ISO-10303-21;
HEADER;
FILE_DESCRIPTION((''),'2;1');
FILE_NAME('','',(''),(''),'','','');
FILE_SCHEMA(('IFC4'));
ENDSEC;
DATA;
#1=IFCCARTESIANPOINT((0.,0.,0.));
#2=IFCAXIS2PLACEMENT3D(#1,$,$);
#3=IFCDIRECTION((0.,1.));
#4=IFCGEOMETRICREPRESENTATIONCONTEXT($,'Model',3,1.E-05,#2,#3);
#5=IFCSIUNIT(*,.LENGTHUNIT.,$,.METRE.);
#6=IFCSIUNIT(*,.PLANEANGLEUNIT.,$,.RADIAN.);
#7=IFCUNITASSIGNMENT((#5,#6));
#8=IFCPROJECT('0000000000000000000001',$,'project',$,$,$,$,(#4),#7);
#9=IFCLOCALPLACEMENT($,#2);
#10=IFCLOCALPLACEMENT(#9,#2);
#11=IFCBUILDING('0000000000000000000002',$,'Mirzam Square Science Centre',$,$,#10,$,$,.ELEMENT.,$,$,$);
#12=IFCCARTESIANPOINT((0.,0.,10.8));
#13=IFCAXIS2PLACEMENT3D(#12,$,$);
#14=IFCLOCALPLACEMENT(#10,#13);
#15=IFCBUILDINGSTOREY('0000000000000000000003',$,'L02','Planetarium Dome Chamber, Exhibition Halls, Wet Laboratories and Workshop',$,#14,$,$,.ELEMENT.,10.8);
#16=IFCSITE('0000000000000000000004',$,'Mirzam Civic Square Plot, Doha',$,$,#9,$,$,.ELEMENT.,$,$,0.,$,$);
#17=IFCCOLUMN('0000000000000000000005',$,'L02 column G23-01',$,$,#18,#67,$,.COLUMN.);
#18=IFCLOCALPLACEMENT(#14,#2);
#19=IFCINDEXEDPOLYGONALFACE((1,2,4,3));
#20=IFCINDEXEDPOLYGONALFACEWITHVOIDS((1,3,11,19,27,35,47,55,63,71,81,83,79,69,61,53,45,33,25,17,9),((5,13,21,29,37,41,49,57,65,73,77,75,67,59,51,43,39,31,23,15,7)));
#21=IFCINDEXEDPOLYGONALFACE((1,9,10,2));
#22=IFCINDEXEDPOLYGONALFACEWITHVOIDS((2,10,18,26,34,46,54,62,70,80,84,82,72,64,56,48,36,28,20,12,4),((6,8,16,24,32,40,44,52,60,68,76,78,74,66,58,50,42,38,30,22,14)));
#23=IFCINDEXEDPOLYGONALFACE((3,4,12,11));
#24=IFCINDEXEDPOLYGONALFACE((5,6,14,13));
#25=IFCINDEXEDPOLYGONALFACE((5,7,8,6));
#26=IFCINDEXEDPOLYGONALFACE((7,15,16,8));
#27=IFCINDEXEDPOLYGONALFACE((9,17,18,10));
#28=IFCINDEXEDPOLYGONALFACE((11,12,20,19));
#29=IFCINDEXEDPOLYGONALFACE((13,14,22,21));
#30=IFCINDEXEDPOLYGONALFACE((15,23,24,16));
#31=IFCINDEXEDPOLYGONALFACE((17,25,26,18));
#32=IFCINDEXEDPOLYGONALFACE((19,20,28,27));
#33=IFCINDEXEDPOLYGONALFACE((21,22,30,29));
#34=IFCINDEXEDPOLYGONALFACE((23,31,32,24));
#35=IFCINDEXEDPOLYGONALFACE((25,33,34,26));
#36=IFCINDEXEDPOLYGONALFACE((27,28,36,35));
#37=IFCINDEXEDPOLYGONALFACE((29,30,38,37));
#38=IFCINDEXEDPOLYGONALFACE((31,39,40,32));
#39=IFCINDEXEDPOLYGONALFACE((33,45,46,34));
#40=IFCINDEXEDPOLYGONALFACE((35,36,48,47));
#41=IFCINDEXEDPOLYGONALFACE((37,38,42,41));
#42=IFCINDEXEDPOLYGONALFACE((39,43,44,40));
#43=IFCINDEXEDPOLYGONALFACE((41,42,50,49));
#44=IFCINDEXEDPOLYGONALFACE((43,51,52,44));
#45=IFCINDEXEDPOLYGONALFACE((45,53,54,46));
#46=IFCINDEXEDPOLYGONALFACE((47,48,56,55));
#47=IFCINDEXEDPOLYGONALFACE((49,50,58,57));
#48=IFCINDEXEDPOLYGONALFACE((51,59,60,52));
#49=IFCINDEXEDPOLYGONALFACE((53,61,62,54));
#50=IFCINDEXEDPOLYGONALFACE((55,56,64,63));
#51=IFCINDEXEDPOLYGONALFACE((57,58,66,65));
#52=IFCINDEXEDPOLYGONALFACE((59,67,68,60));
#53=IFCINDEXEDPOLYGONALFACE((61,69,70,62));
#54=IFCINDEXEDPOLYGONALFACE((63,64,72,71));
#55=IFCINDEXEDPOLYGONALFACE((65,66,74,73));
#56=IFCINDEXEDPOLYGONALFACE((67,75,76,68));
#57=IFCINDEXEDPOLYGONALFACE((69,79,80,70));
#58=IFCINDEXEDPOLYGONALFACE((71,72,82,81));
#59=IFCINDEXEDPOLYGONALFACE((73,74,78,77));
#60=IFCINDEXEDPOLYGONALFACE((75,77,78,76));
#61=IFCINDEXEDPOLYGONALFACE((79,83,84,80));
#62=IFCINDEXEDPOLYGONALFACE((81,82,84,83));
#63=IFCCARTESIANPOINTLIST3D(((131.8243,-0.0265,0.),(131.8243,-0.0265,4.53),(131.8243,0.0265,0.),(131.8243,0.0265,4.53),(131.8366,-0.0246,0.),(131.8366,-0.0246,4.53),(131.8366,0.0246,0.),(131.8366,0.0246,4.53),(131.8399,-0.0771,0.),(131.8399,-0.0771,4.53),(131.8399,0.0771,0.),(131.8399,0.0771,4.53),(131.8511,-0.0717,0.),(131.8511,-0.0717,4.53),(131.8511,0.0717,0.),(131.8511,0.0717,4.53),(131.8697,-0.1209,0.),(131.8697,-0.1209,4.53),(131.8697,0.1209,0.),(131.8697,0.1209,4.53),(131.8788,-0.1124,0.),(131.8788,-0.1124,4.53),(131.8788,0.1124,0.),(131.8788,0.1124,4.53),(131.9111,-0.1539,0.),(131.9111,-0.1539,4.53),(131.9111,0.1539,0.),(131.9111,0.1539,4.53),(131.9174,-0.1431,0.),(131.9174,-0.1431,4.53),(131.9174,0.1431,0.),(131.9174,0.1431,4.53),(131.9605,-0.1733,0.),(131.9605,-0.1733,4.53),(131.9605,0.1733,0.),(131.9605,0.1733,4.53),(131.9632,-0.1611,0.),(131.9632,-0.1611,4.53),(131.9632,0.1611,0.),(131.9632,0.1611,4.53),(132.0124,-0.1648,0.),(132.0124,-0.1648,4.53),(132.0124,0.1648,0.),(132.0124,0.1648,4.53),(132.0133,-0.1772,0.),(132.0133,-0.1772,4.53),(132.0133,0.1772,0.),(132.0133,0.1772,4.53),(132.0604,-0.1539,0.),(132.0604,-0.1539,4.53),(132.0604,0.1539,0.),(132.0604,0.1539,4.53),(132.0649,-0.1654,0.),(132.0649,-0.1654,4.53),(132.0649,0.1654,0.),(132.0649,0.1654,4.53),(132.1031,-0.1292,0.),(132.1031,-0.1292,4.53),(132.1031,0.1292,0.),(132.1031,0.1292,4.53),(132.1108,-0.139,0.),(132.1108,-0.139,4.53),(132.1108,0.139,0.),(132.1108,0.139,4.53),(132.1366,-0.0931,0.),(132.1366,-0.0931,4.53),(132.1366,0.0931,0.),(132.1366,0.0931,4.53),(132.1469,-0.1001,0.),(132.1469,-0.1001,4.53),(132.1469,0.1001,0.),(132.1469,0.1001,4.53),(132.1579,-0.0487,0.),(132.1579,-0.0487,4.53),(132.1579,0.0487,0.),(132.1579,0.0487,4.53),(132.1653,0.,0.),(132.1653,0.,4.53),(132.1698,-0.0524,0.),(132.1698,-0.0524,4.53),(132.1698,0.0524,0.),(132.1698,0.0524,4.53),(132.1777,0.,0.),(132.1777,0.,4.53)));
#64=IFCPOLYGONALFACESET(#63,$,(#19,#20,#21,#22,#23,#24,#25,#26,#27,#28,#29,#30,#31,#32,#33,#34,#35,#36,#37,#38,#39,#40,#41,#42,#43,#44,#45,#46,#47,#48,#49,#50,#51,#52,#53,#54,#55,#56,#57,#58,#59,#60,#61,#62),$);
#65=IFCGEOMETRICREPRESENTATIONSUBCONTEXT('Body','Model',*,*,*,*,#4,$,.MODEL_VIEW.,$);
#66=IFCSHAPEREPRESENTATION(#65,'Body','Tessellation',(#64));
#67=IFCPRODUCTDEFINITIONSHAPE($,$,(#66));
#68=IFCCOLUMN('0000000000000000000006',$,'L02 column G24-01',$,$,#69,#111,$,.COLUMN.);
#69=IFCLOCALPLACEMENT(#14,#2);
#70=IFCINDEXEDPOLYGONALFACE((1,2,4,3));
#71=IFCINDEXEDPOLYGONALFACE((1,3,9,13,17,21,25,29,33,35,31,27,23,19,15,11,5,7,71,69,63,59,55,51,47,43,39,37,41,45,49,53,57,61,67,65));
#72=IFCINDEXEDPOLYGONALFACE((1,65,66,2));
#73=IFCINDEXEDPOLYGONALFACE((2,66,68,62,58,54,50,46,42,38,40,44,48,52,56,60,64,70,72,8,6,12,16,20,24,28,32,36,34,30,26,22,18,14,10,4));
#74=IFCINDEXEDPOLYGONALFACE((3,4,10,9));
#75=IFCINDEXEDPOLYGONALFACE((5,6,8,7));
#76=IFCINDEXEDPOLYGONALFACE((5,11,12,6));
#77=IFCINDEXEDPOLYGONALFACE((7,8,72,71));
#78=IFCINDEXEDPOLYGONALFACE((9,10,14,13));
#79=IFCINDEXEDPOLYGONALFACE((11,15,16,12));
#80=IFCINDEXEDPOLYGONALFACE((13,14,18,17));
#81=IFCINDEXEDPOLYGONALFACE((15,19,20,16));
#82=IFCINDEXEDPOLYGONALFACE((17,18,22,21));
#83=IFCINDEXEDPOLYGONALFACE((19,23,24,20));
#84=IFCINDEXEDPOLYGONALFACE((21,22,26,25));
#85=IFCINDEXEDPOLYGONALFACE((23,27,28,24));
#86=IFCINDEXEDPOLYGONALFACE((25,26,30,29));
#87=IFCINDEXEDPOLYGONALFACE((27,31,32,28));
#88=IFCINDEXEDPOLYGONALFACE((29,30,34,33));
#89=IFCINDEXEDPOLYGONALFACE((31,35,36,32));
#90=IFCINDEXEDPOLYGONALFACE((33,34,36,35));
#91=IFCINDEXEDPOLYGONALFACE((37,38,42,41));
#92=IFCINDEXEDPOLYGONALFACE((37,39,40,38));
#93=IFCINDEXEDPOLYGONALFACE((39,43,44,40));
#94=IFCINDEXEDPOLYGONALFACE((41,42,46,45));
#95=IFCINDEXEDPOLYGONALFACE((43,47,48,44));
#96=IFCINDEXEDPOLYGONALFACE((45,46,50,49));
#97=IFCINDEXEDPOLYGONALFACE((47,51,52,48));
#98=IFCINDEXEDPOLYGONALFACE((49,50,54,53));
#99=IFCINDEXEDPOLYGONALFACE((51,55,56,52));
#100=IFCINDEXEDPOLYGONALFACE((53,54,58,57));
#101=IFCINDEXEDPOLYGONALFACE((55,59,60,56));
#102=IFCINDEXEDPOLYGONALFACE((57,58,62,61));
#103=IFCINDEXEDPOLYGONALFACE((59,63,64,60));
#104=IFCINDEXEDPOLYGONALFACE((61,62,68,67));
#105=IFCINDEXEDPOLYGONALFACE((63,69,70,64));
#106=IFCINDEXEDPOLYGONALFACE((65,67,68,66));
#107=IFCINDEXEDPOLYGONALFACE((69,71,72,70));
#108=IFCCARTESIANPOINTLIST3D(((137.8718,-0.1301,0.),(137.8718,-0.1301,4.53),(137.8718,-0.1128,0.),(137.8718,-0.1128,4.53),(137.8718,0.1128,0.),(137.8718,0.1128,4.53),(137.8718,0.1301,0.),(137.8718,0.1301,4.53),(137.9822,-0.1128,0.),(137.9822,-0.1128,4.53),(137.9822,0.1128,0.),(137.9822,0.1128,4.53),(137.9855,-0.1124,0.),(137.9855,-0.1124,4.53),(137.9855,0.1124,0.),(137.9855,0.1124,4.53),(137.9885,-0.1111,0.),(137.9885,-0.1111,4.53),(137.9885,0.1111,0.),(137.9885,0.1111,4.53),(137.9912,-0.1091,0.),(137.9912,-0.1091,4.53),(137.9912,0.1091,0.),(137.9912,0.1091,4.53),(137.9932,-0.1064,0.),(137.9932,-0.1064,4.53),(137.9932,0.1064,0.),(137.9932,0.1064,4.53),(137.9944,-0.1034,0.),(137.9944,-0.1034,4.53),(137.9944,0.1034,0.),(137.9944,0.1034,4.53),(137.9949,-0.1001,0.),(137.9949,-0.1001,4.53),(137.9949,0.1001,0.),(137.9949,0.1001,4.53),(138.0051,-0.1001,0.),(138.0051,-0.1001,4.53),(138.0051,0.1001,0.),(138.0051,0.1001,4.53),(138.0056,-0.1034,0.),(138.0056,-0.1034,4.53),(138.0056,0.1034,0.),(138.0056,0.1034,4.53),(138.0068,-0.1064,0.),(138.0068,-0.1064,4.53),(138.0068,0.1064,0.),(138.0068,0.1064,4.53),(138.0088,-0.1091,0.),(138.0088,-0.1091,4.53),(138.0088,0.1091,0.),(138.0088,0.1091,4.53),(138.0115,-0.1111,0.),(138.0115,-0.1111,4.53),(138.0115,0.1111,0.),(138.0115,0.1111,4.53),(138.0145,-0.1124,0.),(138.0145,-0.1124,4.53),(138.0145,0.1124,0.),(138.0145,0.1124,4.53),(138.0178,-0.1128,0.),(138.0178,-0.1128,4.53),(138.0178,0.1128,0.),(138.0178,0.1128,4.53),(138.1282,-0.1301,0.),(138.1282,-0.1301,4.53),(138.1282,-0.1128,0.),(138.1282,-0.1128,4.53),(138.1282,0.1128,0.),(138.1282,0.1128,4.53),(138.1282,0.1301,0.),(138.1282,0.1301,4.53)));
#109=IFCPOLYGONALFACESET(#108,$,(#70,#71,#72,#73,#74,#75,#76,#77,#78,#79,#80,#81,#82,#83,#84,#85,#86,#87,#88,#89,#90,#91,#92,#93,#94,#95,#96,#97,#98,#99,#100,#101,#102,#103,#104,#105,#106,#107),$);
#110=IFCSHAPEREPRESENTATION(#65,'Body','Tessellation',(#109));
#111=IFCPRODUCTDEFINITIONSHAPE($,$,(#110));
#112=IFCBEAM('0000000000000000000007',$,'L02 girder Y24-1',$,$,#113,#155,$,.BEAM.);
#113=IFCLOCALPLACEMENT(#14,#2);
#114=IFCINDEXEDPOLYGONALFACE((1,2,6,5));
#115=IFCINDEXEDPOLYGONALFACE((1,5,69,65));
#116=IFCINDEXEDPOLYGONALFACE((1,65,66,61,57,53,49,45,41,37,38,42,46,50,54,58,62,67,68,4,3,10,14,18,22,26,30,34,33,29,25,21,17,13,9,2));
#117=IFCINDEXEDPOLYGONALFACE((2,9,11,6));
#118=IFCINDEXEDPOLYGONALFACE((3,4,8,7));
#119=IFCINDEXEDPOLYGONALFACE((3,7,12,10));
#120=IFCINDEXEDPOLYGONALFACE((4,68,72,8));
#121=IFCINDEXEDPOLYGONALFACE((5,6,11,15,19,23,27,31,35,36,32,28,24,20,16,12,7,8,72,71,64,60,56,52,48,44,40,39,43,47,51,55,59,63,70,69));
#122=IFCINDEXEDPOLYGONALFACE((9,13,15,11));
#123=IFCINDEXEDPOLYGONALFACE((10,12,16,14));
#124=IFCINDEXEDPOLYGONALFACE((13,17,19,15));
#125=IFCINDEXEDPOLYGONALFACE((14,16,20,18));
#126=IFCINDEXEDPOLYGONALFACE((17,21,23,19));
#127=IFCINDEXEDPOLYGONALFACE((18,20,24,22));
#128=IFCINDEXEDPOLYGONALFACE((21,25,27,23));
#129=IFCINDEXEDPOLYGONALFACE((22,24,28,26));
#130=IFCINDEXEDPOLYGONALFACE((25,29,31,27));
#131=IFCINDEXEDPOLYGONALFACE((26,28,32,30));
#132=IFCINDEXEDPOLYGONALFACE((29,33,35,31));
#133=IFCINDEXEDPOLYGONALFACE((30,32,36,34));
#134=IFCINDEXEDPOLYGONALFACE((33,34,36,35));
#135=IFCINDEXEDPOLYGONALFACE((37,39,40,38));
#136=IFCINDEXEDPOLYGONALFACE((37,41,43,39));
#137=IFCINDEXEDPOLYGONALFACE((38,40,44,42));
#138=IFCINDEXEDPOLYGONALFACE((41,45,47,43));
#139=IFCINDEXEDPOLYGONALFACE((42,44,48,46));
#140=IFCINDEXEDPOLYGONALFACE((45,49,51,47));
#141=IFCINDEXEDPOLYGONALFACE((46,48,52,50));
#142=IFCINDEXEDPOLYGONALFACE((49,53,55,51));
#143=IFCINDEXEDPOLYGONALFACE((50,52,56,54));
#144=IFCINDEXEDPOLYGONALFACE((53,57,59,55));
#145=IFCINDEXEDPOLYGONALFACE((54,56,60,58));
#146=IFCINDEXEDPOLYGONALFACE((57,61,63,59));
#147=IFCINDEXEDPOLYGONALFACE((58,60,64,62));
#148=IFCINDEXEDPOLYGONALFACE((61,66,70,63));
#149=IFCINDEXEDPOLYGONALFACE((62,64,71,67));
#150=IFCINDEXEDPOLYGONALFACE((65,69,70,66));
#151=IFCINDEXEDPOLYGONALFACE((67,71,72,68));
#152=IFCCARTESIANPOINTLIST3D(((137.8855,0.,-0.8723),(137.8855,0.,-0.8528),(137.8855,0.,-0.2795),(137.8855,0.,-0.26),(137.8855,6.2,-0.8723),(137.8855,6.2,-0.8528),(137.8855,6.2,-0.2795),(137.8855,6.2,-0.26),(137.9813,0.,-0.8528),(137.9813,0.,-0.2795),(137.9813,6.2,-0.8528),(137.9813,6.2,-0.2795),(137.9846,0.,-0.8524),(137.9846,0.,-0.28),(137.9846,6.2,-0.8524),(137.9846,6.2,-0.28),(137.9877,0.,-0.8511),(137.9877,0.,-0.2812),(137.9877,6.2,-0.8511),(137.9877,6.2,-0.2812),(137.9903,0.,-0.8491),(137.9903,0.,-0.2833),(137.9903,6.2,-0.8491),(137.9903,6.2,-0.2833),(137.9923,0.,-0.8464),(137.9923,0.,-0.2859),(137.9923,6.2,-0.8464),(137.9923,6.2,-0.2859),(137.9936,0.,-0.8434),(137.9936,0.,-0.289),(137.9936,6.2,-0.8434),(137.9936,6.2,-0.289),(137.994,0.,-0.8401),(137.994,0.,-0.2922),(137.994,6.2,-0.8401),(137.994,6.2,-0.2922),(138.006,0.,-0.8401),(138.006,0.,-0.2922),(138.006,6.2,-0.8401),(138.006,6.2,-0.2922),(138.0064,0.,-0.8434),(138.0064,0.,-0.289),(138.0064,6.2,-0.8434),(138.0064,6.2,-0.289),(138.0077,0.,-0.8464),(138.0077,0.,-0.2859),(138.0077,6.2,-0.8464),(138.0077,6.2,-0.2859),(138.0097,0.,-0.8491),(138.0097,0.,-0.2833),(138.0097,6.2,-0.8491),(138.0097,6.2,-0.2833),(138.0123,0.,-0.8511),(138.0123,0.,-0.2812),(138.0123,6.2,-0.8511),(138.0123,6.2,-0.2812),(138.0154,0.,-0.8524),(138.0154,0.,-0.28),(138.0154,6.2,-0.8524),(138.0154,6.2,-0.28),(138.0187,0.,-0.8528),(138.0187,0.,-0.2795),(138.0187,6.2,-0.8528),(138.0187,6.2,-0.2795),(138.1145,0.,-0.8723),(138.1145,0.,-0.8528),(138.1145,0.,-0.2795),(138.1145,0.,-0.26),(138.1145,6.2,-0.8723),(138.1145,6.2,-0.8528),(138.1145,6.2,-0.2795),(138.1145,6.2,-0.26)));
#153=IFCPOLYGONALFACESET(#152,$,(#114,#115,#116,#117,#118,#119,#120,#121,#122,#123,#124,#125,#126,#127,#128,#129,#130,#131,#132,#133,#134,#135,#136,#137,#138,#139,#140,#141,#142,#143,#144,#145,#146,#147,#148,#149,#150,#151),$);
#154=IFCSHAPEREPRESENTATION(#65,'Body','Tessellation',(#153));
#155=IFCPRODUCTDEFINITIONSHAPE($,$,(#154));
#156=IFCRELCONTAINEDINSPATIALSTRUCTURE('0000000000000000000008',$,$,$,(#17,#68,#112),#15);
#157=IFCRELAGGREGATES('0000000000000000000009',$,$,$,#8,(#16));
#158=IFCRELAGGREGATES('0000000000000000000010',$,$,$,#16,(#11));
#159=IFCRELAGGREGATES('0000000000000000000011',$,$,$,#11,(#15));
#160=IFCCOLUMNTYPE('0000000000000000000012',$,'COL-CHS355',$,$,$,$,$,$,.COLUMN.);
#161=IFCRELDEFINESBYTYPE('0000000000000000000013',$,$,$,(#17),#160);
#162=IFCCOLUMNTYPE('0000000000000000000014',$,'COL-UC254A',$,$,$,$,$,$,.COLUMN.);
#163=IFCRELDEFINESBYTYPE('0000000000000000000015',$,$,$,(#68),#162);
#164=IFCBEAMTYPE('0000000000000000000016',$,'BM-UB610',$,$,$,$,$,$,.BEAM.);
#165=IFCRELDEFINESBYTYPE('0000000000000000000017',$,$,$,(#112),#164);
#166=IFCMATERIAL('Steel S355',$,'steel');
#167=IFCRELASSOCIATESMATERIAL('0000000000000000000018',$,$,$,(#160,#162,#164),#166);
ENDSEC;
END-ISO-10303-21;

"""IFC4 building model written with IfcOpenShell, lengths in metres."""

from ifc_helpers import new_model, si_unit, direction, frame, origin, origin_2d, place, context, subcontext, project, spatial, hollow_circle, i_section, extrude, material, material_profile, profile_set, type_object, element, save


model = new_model("IFC4")

# Units and contexts
model_context = context("Model", 3, precision=1e-05, world=origin(), true_north=direction((0.0, 1.0)))
body_context = subcontext(model_context, "Body", "Model", "MODEL_VIEW")
ifc_project = project(units=[si_unit("LENGTHUNIT", "METRE"), si_unit("PLANEANGLEUNIT", "RADIAN")], contexts=[model_context])

# Site, building, storey
site_placement = place(None, origin())
site = spatial("IfcSite", under=ifc_project, at=site_placement, Name="Mirzam Civic Square Plot, Doha", CompositionType="ELEMENT", RefElevation=0.0)
building_placement = place(site_placement, origin())
building = spatial("IfcBuilding", under=site, at=building_placement, Name="Mirzam Square Science Centre", CompositionType="ELEMENT")
storey_placement = place(building_placement, frame((0.0, 0.0, 10.8)))
storey = spatial("IfcBuildingStorey", under=building, at=storey_placement, Name="L02", Description="Planetarium Dome Chamber, Exhibition Halls, Wet Laboratories and Workshop", CompositionType="ELEMENT", Elevation=10.8)

# Columns
ifc_material_1 = material(Name="Steel S355", Category="steel")
ifc_material_profile_1 = material_profile(ifc_material_1, hollow_circle(Radius=0.1777, WallThickness=0.0125, at=origin_2d()), Name="355.6x12.5CHS")
ifc_profile_set_1 = profile_set([ifc_material_profile_1], Name="Steel S355")
column_type_1 = type_object("IfcColumnType", Name="COL-CHS355", PredefinedType="COLUMN", material=ifc_profile_set_1)
column_1_placement = place(storey_placement, frame((132.0, 0.0, 0.0), z_axis=(0.0, 0.0, 1.0), x_axis=(1.0, 0.0, 0.0)))
element("IfcColumn", 1, at=column_1_placement, inside=storey, type_object=column_type_1, Name="L02 column G23-01", PredefinedType="COLUMN", context=body_context, shape_type="SweptSolid", body=[
    extrude(hollow_circle(Radius=0.1777, WallThickness=0.0125, at=origin_2d()), origin(), (0.0, 0.0, 1.0), 4.53),
])
ifc_material_profile_2 = material_profile(ifc_material_1, i_section(OverallWidth=0.2563, OverallDepth=0.2603, WebThickness=0.0103, FlangeThickness=0.0173, FilletRadius=0.0127, at=origin_2d()), Name="254x254x89UC")
ifc_profile_set_2 = profile_set([ifc_material_profile_2], Name="Steel S355")
column_type_2 = type_object("IfcColumnType", Name="COL-UC254A", PredefinedType="COLUMN", material=ifc_profile_set_2)
column_2_placement = place(storey_placement, frame((138.0, 0.0, 0.0), z_axis=(0.0, 0.0, 1.0), x_axis=(1.0, 0.0, 0.0)))
element("IfcColumn", 2, at=column_2_placement, inside=storey, type_object=column_type_2, Name="L02 column G24-01", PredefinedType="COLUMN", context=body_context, shape_type="SweptSolid", body=[
    extrude(i_section(OverallWidth=0.2563, OverallDepth=0.2603, WebThickness=0.0103, FlangeThickness=0.0173, FilletRadius=0.0127, at=origin_2d()), origin(), (0.0, 0.0, 1.0), 4.53),
])

# Beam
ifc_material_profile_3 = material_profile(ifc_material_1, i_section(OverallWidth=0.229, OverallDepth=0.6123, WebThickness=0.012, FlangeThickness=0.0195, FilletRadius=0.0127, at=origin_2d()), Name="610x229x125UB")
ifc_profile_set_3 = profile_set([ifc_material_profile_3], Name="Steel S355")
beam_type_1 = type_object("IfcBeamType", Name="BM-UB610", PredefinedType="BEAM", material=ifc_profile_set_3)
beam_1_placement = place(storey_placement, frame((138.0, 0.0, -0.5662), z_axis=(0.0, 1.0, 0.0), x_axis=(-1.0, 0.0, 0.0)))
element("IfcBeam", 3, at=beam_1_placement, inside=storey, type_object=beam_type_1, Name="L02 girder Y24-1", PredefinedType="BEAM", context=body_context, shape_type="SweptSolid", body=[
    extrude(i_section(OverallWidth=0.229, OverallDepth=0.6123, WebThickness=0.012, FlangeThickness=0.0195, FilletRadius=0.0127, at=origin_2d()), origin(), (0.0, 0.0, 1.0), 6.2),
])

save(model, "model.ifc")
